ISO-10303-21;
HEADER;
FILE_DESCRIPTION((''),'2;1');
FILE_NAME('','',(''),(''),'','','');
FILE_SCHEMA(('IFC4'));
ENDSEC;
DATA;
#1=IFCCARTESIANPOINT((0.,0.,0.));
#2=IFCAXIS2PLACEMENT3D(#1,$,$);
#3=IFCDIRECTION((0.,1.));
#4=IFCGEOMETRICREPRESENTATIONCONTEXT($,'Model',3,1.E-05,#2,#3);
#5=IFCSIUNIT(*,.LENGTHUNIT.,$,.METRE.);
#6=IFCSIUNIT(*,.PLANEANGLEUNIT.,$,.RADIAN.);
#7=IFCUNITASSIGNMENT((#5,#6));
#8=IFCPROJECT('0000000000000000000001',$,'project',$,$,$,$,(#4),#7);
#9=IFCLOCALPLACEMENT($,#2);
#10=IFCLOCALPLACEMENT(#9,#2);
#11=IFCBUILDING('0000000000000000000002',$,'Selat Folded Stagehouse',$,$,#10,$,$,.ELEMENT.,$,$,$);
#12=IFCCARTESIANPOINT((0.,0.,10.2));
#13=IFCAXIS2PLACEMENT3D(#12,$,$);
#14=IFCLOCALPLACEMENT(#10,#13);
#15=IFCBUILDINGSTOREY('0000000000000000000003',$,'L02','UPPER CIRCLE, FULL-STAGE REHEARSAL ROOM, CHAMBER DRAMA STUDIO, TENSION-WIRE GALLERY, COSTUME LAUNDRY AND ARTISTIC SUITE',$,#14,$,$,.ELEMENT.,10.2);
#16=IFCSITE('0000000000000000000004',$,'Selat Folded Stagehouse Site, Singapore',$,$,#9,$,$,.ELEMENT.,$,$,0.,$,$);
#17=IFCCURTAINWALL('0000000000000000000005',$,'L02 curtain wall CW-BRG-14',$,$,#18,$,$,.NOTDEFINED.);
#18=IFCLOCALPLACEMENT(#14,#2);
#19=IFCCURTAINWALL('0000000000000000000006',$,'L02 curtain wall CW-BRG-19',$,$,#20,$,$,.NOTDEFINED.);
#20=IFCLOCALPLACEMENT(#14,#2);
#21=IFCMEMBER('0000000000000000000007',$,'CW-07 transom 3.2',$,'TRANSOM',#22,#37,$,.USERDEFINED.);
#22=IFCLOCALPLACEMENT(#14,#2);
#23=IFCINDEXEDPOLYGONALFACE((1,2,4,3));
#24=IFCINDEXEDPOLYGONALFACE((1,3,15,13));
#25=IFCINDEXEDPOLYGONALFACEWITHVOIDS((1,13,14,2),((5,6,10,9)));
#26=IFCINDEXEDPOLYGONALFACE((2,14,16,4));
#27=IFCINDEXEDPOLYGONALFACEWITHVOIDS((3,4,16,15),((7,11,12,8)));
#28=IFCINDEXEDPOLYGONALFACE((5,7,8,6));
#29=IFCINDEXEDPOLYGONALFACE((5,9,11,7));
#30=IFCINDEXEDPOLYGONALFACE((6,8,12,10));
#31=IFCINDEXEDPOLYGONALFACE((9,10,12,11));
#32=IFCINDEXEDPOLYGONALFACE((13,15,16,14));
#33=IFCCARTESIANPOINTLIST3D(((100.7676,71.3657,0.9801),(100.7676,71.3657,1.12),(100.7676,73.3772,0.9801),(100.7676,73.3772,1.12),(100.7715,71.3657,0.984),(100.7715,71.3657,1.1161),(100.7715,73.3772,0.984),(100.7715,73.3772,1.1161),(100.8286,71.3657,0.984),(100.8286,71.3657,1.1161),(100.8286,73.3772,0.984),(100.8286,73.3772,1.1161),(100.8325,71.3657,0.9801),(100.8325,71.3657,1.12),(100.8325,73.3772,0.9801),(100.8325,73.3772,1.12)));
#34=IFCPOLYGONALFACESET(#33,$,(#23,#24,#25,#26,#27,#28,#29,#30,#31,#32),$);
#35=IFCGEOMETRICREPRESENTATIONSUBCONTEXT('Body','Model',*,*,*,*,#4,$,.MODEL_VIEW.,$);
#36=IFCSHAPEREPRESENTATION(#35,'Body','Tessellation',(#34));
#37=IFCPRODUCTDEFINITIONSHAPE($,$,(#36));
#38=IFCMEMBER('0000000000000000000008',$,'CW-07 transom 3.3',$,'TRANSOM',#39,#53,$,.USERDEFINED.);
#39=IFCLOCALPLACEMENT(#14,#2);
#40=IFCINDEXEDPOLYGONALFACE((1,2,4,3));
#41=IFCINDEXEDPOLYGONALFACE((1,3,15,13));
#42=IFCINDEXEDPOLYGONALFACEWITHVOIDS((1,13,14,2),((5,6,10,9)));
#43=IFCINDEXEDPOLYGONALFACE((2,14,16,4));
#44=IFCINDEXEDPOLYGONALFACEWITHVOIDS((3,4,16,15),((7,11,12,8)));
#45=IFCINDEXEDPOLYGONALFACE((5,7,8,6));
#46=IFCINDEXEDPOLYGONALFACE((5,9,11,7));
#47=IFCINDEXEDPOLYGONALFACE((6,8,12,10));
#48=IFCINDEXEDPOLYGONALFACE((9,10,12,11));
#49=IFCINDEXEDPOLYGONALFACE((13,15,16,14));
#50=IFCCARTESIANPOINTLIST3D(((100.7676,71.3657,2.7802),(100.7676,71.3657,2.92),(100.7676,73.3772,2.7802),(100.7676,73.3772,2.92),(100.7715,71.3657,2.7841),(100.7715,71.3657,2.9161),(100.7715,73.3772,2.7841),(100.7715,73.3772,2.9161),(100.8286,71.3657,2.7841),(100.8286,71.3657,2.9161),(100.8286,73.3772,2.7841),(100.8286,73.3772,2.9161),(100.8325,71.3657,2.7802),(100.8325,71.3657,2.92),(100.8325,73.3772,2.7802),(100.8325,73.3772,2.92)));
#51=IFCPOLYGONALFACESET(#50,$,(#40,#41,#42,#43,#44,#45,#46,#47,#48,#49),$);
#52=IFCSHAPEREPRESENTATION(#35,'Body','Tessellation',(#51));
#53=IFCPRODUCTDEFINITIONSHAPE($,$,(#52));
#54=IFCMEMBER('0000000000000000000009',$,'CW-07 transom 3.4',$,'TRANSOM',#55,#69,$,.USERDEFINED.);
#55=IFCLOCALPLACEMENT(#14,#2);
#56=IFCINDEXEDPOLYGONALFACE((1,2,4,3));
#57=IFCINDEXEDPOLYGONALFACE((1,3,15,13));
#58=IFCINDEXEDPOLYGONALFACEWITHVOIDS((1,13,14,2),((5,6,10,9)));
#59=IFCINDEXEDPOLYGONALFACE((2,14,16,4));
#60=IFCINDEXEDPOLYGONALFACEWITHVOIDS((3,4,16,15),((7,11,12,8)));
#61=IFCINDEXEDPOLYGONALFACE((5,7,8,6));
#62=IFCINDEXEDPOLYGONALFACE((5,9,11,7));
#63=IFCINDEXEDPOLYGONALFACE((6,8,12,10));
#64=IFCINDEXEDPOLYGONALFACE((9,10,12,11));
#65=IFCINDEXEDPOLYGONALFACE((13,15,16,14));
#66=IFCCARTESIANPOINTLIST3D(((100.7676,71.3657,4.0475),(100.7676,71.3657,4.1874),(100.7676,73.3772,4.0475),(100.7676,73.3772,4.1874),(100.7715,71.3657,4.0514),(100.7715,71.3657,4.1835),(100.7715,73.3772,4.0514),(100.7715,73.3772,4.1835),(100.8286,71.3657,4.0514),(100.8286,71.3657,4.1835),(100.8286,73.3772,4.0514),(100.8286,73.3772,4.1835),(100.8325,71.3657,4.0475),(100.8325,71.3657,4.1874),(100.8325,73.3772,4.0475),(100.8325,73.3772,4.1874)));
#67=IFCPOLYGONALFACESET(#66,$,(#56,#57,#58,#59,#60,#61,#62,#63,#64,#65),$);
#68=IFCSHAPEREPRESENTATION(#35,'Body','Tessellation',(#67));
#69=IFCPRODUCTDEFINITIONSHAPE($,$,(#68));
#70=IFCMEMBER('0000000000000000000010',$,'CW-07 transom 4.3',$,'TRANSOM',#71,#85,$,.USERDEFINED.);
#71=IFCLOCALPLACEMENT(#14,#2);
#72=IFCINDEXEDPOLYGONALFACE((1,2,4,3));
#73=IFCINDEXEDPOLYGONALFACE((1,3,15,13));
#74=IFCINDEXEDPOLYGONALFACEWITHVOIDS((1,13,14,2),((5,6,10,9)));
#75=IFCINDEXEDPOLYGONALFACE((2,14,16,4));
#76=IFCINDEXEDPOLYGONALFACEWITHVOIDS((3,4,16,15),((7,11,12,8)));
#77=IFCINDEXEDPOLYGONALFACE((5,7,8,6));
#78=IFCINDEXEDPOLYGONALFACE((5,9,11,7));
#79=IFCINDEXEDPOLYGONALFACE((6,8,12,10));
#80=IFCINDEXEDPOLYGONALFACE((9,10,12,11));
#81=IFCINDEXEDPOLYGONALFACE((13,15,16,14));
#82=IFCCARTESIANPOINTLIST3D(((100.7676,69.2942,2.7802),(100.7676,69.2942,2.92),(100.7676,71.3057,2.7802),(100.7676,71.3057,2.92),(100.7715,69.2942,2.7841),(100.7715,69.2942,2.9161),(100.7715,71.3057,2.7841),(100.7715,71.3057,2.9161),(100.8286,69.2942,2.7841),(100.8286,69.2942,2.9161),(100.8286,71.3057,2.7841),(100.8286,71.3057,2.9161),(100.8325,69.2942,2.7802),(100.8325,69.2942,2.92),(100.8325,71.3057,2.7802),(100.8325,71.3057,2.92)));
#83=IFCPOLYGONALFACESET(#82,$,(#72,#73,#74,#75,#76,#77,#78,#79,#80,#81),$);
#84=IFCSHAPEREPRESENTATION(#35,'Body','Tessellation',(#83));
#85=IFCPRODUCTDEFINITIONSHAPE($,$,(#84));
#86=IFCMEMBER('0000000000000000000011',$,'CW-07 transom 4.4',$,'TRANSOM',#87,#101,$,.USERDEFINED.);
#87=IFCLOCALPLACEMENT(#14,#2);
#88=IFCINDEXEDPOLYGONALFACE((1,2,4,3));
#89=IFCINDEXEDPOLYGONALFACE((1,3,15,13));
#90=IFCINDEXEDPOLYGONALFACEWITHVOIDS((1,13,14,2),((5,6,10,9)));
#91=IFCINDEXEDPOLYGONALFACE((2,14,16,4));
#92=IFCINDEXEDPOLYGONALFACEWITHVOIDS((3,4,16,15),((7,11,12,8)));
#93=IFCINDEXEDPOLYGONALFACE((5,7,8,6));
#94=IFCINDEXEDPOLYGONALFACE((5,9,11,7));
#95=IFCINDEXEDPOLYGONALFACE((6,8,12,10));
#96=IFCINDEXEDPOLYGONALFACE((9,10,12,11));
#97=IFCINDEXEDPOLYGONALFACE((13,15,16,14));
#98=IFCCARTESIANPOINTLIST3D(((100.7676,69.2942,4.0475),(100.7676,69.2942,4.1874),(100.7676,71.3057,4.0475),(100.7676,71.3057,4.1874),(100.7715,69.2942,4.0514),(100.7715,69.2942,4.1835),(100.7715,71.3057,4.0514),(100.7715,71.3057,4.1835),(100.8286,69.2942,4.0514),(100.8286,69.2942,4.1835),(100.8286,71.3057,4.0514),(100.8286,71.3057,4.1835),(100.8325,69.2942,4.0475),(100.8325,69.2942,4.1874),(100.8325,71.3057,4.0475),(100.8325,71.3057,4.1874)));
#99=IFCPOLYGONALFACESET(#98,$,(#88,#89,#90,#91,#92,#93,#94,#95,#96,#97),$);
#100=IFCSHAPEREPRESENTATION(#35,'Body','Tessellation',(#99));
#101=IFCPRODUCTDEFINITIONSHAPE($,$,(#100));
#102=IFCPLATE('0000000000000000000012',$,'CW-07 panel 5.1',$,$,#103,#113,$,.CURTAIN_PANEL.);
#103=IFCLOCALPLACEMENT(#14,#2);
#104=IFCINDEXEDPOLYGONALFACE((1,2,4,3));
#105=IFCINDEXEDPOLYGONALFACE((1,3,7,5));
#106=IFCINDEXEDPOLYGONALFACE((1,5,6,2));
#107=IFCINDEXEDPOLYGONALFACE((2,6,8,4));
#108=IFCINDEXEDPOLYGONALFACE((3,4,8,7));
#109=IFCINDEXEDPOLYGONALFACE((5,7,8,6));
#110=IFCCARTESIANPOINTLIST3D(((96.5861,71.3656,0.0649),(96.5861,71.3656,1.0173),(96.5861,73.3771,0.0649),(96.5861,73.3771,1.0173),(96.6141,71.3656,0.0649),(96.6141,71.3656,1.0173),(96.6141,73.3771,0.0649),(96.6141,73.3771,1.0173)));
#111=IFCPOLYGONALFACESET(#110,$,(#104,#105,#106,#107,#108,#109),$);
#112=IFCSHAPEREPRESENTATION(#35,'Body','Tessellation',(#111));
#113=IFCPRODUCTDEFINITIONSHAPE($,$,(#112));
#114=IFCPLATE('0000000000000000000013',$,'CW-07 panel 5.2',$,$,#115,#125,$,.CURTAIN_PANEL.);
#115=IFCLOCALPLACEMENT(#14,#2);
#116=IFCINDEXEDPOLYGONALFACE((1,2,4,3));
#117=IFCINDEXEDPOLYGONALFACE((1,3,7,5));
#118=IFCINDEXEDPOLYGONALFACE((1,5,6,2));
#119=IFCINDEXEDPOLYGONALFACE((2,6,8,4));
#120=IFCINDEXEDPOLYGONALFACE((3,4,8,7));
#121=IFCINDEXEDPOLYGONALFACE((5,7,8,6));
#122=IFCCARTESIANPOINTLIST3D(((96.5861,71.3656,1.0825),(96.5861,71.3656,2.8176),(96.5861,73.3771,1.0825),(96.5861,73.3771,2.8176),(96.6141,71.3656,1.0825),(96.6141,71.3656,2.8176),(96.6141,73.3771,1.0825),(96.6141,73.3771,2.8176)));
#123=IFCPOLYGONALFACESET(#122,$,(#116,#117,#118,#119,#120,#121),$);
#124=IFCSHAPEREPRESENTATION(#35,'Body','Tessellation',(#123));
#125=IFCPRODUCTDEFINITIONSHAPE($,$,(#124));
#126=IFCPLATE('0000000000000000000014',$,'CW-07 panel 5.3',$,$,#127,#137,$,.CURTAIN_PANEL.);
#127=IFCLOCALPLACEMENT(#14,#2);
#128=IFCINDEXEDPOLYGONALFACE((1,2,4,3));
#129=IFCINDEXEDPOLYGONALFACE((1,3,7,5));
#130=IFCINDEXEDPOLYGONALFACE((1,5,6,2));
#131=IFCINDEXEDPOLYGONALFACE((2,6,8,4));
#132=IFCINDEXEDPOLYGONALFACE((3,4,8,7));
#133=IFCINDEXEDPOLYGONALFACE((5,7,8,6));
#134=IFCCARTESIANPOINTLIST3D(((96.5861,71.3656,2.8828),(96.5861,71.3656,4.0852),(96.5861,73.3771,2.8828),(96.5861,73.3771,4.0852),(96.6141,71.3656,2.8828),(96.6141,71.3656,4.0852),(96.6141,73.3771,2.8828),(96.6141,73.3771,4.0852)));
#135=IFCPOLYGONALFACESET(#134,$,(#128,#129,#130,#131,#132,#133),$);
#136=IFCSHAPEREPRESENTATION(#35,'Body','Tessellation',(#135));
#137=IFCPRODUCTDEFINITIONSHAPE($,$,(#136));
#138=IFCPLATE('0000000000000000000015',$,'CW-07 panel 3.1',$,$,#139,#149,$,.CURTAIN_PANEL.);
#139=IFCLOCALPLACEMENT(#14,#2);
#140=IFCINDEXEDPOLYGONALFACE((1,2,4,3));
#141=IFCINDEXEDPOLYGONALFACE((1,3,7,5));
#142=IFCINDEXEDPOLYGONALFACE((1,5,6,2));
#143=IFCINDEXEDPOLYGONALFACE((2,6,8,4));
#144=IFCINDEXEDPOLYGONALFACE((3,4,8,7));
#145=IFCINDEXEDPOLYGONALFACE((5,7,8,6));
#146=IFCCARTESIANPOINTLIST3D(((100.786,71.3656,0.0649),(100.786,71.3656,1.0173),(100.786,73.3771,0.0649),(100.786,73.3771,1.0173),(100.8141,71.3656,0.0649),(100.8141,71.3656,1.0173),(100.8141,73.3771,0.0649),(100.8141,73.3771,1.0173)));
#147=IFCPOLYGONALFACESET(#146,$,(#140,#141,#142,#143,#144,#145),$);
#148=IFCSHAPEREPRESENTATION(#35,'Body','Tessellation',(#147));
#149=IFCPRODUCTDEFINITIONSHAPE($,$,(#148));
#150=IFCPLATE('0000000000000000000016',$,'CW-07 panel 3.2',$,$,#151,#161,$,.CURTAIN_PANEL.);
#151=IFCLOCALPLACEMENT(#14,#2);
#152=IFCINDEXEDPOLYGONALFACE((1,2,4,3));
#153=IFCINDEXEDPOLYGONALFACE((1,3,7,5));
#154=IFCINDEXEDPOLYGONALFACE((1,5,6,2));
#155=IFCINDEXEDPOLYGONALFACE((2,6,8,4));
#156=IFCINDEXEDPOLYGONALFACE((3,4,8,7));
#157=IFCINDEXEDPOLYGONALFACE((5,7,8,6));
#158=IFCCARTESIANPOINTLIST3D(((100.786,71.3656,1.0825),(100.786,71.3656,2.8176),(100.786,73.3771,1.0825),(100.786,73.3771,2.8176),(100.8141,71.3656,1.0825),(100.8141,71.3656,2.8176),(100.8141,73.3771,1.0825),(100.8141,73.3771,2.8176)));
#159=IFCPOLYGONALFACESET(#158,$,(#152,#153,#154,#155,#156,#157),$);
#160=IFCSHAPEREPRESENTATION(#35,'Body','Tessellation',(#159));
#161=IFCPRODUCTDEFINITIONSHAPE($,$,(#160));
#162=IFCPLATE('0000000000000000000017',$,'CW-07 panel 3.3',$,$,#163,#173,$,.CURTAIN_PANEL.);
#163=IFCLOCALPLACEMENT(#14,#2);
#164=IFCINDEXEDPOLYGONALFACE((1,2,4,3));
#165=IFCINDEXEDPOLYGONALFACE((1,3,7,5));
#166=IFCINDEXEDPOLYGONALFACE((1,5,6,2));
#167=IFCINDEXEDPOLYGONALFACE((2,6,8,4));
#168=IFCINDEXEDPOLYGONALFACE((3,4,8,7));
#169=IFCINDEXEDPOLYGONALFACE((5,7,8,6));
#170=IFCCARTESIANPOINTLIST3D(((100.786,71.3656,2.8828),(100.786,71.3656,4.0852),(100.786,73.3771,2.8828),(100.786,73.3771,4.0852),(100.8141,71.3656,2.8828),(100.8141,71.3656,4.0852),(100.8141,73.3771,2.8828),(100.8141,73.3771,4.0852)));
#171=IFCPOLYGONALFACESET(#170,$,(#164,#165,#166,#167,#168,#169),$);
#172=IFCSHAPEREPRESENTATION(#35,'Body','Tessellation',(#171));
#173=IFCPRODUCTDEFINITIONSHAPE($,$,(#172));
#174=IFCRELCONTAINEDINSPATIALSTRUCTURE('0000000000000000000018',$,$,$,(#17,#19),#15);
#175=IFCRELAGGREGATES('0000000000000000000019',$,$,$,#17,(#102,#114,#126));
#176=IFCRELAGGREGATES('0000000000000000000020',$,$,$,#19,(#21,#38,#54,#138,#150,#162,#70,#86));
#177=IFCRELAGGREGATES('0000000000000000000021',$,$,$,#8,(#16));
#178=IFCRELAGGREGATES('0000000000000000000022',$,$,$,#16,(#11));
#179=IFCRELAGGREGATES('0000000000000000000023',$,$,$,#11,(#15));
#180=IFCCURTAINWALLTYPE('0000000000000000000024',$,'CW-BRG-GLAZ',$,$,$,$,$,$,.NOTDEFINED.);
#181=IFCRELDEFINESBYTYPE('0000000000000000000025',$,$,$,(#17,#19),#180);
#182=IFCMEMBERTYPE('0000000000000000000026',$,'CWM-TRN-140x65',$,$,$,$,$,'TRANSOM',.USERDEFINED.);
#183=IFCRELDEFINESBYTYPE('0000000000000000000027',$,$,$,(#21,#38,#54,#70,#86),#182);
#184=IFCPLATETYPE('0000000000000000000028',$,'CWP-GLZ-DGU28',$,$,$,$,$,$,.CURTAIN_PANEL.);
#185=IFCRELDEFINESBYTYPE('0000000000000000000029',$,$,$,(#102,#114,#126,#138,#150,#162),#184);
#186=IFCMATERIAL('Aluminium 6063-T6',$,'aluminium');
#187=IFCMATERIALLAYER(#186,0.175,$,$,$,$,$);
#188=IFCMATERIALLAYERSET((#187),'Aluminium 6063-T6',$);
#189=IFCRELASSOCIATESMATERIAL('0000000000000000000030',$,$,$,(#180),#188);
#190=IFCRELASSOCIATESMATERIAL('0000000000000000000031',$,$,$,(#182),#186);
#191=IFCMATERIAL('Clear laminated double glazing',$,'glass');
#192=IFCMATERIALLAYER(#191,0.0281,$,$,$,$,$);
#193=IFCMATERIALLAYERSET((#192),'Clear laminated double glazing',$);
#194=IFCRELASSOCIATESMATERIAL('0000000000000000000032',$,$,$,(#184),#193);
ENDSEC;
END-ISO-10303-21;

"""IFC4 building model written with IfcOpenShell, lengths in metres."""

from ifc_helpers import new_model, si_unit, direction, frame, origin, origin_2d, place, context, subcontext, project, spatial, rectangle, hollow_rectangle, extrude, material, layer, layer_set, material_profile, profile_set, type_object, element, aggregate, save


model = new_model("IFC4")

# Units and contexts
model_context = context("Model", 3, precision=1e-05, world=origin(), true_north=direction((0.0, 1.0)))
body_context = subcontext(model_context, "Body", "Model", "MODEL_VIEW")
ifc_project = project(units=[si_unit("LENGTHUNIT", "METRE"), si_unit("PLANEANGLEUNIT", "RADIAN")], contexts=[model_context])

# Site, building, storey
site_placement = place(None, origin())
site = spatial("IfcSite", under=ifc_project, at=site_placement, Name="Selat Folded Stagehouse Site, Singapore", CompositionType="ELEMENT", RefElevation=0.0)
building_placement = place(site_placement, origin())
building = spatial("IfcBuilding", under=site, at=building_placement, Name="Selat Folded Stagehouse", CompositionType="ELEMENT")
storey_placement = place(building_placement, frame((0.0, 0.0, 10.2)))
storey = spatial("IfcBuildingStorey", under=building, at=storey_placement, Name="L02", Description="UPPER CIRCLE, FULL-STAGE REHEARSAL ROOM, CHAMBER DRAMA STUDIO, TENSION-WIRE GALLERY, COSTUME LAUNDRY AND ARTISTIC SUITE", CompositionType="ELEMENT", Elevation=10.2)

# Curtain walls
ifc_material_1 = material(Name="Aluminium 6063-T6", Category="aluminium")
ifc_layer_1 = layer(ifc_material_1, 0.175)
ifc_layer_set_1 = layer_set([ifc_layer_1], Name="Aluminium 6063-T6")
curtain_wall_type = type_object("IfcCurtainWallType", Name="CW-BRG-GLAZ", PredefinedType="NOTDEFINED", material=ifc_layer_set_1)
curtain_wall_1_placement = place(storey_placement, origin())
curtain_wall_1 = element("IfcCurtainWall", 1, at=curtain_wall_1_placement, inside=storey, type_object=curtain_wall_type, Name="L02 curtain wall CW-BRG-14", PredefinedType="NOTDEFINED")
curtain_wall_2_placement = place(storey_placement, origin())
curtain_wall_2 = element("IfcCurtainWall", 2, at=curtain_wall_2_placement, inside=storey, type_object=curtain_wall_type, Name="L02 curtain wall CW-BRG-19", PredefinedType="NOTDEFINED")

# Members
ifc_material_profile_1 = material_profile(ifc_material_1, hollow_rectangle(XDim=0.0649, YDim=0.1399, WallThickness=0.0039, at=origin_2d()), Name="ALU 140x65x4.0")
ifc_profile_set_1 = profile_set([ifc_material_profile_1], Name="Aluminium 6063-T6")
member_type_1 = type_object("IfcMemberType", Name="CWM-TRN-140x65", ElementType="TRANSOM", PredefinedType="USERDEFINED", material=ifc_profile_set_1)
member_1_placement = place(storey_placement, frame((100.8, 73.3772, 1.05), z_axis=(0.0, -1.0, 0.0), x_axis=(1.0, 0.0, 0.0)))
member_1 = element("IfcMember", 3, at=member_1_placement, type_object=member_type_1, Name="CW-07 transom 3.2", ObjectType="TRANSOM", PredefinedType="USERDEFINED", context=body_context, shape_type="SweptSolid", body=[
    extrude(hollow_rectangle(XDim=0.0649, YDim=0.1399, WallThickness=0.0039, at=origin_2d()), origin(), (0.0, 0.0, 1.0), 2.0115),
])
member_2_placement = place(storey_placement, frame((100.8, 73.3772, 2.8501), z_axis=(0.0, -1.0, 0.0), x_axis=(1.0, 0.0, 0.0)))
member_2 = element("IfcMember", 4, at=member_2_placement, type_object=member_type_1, Name="CW-07 transom 3.3", ObjectType="TRANSOM", PredefinedType="USERDEFINED", context=body_context, shape_type="SweptSolid", body=[
    extrude(hollow_rectangle(XDim=0.0649, YDim=0.1399, WallThickness=0.0039, at=origin_2d()), origin(), (0.0, 0.0, 1.0), 2.0115),
])
member_3_placement = place(storey_placement, frame((100.8, 73.3772, 4.1174), z_axis=(0.0, -1.0, 0.0), x_axis=(1.0, 0.0, 0.0)))
member_3 = element("IfcMember", 5, at=member_3_placement, type_object=member_type_1, Name="CW-07 transom 3.4", ObjectType="TRANSOM", PredefinedType="USERDEFINED", context=body_context, shape_type="SweptSolid", body=[
    extrude(hollow_rectangle(XDim=0.0649, YDim=0.1399, WallThickness=0.0039, at=origin_2d()), origin(), (0.0, 0.0, 1.0), 2.0115),
])
member_4_placement = place(storey_placement, frame((100.8, 71.3057, 2.8501), z_axis=(0.0, -1.0, 0.0), x_axis=(1.0, 0.0, 0.0)))
member_4 = element("IfcMember", 6, at=member_4_placement, type_object=member_type_1, Name="CW-07 transom 4.3", ObjectType="TRANSOM", PredefinedType="USERDEFINED", context=body_context, shape_type="SweptSolid", body=[
    extrude(hollow_rectangle(XDim=0.0649, YDim=0.1399, WallThickness=0.0039, at=origin_2d()), origin(), (0.0, 0.0, 1.0), 2.0115),
])
member_5_placement = place(storey_placement, frame((100.8, 71.3057, 4.1174), z_axis=(0.0, -1.0, 0.0), x_axis=(1.0, 0.0, 0.0)))
member_5 = element("IfcMember", 7, at=member_5_placement, type_object=member_type_1, Name="CW-07 transom 4.4", ObjectType="TRANSOM", PredefinedType="USERDEFINED", context=body_context, shape_type="SweptSolid", body=[
    extrude(hollow_rectangle(XDim=0.0649, YDim=0.1399, WallThickness=0.0039, at=origin_2d()), origin(), (0.0, 0.0, 1.0), 2.0115),
])

# Plates
ifc_material_2 = material(Name="Clear laminated double glazing", Category="glass")
ifc_layer_2 = layer(ifc_material_2, 0.0281)
ifc_layer_set_2 = layer_set([ifc_layer_2], Name="Clear laminated double glazing")
plate_type = type_object("IfcPlateType", Name="CWP-GLZ-DGU28", PredefinedType="CURTAIN_PANEL", material=ifc_layer_set_2)
plate_1_placement = place(storey_placement, frame((96.6001, 72.3713, 0.0649), z_axis=(0.0, 0.0, 1.0), x_axis=(0.0, 1.0, 0.0)))
plate_1 = element("IfcPlate", 8, at=plate_1_placement, type_object=plate_type, Name="CW-07 panel 5.1", PredefinedType="CURTAIN_PANEL", context=body_context, shape_type="SweptSolid", body=[
    extrude(rectangle(XDim=2.0115, YDim=0.0281, at=origin_2d()), origin(), (0.0, 0.0, 1.0), 0.9524),
])
plate_2_placement = place(storey_placement, frame((96.6001, 72.3713, 1.0825), z_axis=(0.0, 0.0, 1.0), x_axis=(0.0, 1.0, 0.0)))
plate_2 = element("IfcPlate", 9, at=plate_2_placement, type_object=plate_type, Name="CW-07 panel 5.2", PredefinedType="CURTAIN_PANEL", context=body_context, shape_type="SweptSolid", body=[
    extrude(rectangle(XDim=2.0115, YDim=0.0281, at=origin_2d()), origin(), (0.0, 0.0, 1.0), 1.7351),
])
plate_3_placement = place(storey_placement, frame((96.6001, 72.3713, 2.8828), z_axis=(0.0, 0.0, 1.0), x_axis=(0.0, 1.0, 0.0)))
plate_3 = element("IfcPlate", 10, at=plate_3_placement, type_object=plate_type, Name="CW-07 panel 5.3", PredefinedType="CURTAIN_PANEL", context=body_context, shape_type="SweptSolid", body=[
    extrude(rectangle(XDim=2.0115, YDim=0.0281, at=origin_2d()), origin(), (0.0, 0.0, 1.0), 1.2024),
])
aggregate(curtain_wall_1, [plate_1, plate_2, plate_3])
plate_4_placement = place(storey_placement, frame((100.8, 72.3713, 0.0649), z_axis=(0.0, 0.0, 1.0), x_axis=(0.0, -1.0, 0.0)))
plate_4 = element("IfcPlate", 11, at=plate_4_placement, type_object=plate_type, Name="CW-07 panel 3.1", PredefinedType="CURTAIN_PANEL", context=body_context, shape_type="SweptSolid", body=[
    extrude(rectangle(XDim=2.0115, YDim=0.0281, at=origin_2d()), origin(), (0.0, 0.0, 1.0), 0.9524),
])
plate_5_placement = place(storey_placement, frame((100.8, 72.3713, 1.0825), z_axis=(0.0, 0.0, 1.0), x_axis=(0.0, -1.0, 0.0)))
plate_5 = element("IfcPlate", 12, at=plate_5_placement, type_object=plate_type, Name="CW-07 panel 3.2", PredefinedType="CURTAIN_PANEL", context=body_context, shape_type="SweptSolid", body=[
    extrude(rectangle(XDim=2.0115, YDim=0.0281, at=origin_2d()), origin(), (0.0, 0.0, 1.0), 1.7351),
])
plate_6_placement = place(storey_placement, frame((100.8, 72.3713, 2.8828), z_axis=(0.0, 0.0, 1.0), x_axis=(0.0, -1.0, 0.0)))
plate_6 = element("IfcPlate", 13, at=plate_6_placement, type_object=plate_type, Name="CW-07 panel 3.3", PredefinedType="CURTAIN_PANEL", context=body_context, shape_type="SweptSolid", body=[
    extrude(rectangle(XDim=2.0115, YDim=0.0281, at=origin_2d()), origin(), (0.0, 0.0, 1.0), 1.2024),
])
aggregate(curtain_wall_2, [member_1, member_2, member_3, plate_4, plate_5, plate_6, member_4, member_5])

save(model, "model.ifc")
